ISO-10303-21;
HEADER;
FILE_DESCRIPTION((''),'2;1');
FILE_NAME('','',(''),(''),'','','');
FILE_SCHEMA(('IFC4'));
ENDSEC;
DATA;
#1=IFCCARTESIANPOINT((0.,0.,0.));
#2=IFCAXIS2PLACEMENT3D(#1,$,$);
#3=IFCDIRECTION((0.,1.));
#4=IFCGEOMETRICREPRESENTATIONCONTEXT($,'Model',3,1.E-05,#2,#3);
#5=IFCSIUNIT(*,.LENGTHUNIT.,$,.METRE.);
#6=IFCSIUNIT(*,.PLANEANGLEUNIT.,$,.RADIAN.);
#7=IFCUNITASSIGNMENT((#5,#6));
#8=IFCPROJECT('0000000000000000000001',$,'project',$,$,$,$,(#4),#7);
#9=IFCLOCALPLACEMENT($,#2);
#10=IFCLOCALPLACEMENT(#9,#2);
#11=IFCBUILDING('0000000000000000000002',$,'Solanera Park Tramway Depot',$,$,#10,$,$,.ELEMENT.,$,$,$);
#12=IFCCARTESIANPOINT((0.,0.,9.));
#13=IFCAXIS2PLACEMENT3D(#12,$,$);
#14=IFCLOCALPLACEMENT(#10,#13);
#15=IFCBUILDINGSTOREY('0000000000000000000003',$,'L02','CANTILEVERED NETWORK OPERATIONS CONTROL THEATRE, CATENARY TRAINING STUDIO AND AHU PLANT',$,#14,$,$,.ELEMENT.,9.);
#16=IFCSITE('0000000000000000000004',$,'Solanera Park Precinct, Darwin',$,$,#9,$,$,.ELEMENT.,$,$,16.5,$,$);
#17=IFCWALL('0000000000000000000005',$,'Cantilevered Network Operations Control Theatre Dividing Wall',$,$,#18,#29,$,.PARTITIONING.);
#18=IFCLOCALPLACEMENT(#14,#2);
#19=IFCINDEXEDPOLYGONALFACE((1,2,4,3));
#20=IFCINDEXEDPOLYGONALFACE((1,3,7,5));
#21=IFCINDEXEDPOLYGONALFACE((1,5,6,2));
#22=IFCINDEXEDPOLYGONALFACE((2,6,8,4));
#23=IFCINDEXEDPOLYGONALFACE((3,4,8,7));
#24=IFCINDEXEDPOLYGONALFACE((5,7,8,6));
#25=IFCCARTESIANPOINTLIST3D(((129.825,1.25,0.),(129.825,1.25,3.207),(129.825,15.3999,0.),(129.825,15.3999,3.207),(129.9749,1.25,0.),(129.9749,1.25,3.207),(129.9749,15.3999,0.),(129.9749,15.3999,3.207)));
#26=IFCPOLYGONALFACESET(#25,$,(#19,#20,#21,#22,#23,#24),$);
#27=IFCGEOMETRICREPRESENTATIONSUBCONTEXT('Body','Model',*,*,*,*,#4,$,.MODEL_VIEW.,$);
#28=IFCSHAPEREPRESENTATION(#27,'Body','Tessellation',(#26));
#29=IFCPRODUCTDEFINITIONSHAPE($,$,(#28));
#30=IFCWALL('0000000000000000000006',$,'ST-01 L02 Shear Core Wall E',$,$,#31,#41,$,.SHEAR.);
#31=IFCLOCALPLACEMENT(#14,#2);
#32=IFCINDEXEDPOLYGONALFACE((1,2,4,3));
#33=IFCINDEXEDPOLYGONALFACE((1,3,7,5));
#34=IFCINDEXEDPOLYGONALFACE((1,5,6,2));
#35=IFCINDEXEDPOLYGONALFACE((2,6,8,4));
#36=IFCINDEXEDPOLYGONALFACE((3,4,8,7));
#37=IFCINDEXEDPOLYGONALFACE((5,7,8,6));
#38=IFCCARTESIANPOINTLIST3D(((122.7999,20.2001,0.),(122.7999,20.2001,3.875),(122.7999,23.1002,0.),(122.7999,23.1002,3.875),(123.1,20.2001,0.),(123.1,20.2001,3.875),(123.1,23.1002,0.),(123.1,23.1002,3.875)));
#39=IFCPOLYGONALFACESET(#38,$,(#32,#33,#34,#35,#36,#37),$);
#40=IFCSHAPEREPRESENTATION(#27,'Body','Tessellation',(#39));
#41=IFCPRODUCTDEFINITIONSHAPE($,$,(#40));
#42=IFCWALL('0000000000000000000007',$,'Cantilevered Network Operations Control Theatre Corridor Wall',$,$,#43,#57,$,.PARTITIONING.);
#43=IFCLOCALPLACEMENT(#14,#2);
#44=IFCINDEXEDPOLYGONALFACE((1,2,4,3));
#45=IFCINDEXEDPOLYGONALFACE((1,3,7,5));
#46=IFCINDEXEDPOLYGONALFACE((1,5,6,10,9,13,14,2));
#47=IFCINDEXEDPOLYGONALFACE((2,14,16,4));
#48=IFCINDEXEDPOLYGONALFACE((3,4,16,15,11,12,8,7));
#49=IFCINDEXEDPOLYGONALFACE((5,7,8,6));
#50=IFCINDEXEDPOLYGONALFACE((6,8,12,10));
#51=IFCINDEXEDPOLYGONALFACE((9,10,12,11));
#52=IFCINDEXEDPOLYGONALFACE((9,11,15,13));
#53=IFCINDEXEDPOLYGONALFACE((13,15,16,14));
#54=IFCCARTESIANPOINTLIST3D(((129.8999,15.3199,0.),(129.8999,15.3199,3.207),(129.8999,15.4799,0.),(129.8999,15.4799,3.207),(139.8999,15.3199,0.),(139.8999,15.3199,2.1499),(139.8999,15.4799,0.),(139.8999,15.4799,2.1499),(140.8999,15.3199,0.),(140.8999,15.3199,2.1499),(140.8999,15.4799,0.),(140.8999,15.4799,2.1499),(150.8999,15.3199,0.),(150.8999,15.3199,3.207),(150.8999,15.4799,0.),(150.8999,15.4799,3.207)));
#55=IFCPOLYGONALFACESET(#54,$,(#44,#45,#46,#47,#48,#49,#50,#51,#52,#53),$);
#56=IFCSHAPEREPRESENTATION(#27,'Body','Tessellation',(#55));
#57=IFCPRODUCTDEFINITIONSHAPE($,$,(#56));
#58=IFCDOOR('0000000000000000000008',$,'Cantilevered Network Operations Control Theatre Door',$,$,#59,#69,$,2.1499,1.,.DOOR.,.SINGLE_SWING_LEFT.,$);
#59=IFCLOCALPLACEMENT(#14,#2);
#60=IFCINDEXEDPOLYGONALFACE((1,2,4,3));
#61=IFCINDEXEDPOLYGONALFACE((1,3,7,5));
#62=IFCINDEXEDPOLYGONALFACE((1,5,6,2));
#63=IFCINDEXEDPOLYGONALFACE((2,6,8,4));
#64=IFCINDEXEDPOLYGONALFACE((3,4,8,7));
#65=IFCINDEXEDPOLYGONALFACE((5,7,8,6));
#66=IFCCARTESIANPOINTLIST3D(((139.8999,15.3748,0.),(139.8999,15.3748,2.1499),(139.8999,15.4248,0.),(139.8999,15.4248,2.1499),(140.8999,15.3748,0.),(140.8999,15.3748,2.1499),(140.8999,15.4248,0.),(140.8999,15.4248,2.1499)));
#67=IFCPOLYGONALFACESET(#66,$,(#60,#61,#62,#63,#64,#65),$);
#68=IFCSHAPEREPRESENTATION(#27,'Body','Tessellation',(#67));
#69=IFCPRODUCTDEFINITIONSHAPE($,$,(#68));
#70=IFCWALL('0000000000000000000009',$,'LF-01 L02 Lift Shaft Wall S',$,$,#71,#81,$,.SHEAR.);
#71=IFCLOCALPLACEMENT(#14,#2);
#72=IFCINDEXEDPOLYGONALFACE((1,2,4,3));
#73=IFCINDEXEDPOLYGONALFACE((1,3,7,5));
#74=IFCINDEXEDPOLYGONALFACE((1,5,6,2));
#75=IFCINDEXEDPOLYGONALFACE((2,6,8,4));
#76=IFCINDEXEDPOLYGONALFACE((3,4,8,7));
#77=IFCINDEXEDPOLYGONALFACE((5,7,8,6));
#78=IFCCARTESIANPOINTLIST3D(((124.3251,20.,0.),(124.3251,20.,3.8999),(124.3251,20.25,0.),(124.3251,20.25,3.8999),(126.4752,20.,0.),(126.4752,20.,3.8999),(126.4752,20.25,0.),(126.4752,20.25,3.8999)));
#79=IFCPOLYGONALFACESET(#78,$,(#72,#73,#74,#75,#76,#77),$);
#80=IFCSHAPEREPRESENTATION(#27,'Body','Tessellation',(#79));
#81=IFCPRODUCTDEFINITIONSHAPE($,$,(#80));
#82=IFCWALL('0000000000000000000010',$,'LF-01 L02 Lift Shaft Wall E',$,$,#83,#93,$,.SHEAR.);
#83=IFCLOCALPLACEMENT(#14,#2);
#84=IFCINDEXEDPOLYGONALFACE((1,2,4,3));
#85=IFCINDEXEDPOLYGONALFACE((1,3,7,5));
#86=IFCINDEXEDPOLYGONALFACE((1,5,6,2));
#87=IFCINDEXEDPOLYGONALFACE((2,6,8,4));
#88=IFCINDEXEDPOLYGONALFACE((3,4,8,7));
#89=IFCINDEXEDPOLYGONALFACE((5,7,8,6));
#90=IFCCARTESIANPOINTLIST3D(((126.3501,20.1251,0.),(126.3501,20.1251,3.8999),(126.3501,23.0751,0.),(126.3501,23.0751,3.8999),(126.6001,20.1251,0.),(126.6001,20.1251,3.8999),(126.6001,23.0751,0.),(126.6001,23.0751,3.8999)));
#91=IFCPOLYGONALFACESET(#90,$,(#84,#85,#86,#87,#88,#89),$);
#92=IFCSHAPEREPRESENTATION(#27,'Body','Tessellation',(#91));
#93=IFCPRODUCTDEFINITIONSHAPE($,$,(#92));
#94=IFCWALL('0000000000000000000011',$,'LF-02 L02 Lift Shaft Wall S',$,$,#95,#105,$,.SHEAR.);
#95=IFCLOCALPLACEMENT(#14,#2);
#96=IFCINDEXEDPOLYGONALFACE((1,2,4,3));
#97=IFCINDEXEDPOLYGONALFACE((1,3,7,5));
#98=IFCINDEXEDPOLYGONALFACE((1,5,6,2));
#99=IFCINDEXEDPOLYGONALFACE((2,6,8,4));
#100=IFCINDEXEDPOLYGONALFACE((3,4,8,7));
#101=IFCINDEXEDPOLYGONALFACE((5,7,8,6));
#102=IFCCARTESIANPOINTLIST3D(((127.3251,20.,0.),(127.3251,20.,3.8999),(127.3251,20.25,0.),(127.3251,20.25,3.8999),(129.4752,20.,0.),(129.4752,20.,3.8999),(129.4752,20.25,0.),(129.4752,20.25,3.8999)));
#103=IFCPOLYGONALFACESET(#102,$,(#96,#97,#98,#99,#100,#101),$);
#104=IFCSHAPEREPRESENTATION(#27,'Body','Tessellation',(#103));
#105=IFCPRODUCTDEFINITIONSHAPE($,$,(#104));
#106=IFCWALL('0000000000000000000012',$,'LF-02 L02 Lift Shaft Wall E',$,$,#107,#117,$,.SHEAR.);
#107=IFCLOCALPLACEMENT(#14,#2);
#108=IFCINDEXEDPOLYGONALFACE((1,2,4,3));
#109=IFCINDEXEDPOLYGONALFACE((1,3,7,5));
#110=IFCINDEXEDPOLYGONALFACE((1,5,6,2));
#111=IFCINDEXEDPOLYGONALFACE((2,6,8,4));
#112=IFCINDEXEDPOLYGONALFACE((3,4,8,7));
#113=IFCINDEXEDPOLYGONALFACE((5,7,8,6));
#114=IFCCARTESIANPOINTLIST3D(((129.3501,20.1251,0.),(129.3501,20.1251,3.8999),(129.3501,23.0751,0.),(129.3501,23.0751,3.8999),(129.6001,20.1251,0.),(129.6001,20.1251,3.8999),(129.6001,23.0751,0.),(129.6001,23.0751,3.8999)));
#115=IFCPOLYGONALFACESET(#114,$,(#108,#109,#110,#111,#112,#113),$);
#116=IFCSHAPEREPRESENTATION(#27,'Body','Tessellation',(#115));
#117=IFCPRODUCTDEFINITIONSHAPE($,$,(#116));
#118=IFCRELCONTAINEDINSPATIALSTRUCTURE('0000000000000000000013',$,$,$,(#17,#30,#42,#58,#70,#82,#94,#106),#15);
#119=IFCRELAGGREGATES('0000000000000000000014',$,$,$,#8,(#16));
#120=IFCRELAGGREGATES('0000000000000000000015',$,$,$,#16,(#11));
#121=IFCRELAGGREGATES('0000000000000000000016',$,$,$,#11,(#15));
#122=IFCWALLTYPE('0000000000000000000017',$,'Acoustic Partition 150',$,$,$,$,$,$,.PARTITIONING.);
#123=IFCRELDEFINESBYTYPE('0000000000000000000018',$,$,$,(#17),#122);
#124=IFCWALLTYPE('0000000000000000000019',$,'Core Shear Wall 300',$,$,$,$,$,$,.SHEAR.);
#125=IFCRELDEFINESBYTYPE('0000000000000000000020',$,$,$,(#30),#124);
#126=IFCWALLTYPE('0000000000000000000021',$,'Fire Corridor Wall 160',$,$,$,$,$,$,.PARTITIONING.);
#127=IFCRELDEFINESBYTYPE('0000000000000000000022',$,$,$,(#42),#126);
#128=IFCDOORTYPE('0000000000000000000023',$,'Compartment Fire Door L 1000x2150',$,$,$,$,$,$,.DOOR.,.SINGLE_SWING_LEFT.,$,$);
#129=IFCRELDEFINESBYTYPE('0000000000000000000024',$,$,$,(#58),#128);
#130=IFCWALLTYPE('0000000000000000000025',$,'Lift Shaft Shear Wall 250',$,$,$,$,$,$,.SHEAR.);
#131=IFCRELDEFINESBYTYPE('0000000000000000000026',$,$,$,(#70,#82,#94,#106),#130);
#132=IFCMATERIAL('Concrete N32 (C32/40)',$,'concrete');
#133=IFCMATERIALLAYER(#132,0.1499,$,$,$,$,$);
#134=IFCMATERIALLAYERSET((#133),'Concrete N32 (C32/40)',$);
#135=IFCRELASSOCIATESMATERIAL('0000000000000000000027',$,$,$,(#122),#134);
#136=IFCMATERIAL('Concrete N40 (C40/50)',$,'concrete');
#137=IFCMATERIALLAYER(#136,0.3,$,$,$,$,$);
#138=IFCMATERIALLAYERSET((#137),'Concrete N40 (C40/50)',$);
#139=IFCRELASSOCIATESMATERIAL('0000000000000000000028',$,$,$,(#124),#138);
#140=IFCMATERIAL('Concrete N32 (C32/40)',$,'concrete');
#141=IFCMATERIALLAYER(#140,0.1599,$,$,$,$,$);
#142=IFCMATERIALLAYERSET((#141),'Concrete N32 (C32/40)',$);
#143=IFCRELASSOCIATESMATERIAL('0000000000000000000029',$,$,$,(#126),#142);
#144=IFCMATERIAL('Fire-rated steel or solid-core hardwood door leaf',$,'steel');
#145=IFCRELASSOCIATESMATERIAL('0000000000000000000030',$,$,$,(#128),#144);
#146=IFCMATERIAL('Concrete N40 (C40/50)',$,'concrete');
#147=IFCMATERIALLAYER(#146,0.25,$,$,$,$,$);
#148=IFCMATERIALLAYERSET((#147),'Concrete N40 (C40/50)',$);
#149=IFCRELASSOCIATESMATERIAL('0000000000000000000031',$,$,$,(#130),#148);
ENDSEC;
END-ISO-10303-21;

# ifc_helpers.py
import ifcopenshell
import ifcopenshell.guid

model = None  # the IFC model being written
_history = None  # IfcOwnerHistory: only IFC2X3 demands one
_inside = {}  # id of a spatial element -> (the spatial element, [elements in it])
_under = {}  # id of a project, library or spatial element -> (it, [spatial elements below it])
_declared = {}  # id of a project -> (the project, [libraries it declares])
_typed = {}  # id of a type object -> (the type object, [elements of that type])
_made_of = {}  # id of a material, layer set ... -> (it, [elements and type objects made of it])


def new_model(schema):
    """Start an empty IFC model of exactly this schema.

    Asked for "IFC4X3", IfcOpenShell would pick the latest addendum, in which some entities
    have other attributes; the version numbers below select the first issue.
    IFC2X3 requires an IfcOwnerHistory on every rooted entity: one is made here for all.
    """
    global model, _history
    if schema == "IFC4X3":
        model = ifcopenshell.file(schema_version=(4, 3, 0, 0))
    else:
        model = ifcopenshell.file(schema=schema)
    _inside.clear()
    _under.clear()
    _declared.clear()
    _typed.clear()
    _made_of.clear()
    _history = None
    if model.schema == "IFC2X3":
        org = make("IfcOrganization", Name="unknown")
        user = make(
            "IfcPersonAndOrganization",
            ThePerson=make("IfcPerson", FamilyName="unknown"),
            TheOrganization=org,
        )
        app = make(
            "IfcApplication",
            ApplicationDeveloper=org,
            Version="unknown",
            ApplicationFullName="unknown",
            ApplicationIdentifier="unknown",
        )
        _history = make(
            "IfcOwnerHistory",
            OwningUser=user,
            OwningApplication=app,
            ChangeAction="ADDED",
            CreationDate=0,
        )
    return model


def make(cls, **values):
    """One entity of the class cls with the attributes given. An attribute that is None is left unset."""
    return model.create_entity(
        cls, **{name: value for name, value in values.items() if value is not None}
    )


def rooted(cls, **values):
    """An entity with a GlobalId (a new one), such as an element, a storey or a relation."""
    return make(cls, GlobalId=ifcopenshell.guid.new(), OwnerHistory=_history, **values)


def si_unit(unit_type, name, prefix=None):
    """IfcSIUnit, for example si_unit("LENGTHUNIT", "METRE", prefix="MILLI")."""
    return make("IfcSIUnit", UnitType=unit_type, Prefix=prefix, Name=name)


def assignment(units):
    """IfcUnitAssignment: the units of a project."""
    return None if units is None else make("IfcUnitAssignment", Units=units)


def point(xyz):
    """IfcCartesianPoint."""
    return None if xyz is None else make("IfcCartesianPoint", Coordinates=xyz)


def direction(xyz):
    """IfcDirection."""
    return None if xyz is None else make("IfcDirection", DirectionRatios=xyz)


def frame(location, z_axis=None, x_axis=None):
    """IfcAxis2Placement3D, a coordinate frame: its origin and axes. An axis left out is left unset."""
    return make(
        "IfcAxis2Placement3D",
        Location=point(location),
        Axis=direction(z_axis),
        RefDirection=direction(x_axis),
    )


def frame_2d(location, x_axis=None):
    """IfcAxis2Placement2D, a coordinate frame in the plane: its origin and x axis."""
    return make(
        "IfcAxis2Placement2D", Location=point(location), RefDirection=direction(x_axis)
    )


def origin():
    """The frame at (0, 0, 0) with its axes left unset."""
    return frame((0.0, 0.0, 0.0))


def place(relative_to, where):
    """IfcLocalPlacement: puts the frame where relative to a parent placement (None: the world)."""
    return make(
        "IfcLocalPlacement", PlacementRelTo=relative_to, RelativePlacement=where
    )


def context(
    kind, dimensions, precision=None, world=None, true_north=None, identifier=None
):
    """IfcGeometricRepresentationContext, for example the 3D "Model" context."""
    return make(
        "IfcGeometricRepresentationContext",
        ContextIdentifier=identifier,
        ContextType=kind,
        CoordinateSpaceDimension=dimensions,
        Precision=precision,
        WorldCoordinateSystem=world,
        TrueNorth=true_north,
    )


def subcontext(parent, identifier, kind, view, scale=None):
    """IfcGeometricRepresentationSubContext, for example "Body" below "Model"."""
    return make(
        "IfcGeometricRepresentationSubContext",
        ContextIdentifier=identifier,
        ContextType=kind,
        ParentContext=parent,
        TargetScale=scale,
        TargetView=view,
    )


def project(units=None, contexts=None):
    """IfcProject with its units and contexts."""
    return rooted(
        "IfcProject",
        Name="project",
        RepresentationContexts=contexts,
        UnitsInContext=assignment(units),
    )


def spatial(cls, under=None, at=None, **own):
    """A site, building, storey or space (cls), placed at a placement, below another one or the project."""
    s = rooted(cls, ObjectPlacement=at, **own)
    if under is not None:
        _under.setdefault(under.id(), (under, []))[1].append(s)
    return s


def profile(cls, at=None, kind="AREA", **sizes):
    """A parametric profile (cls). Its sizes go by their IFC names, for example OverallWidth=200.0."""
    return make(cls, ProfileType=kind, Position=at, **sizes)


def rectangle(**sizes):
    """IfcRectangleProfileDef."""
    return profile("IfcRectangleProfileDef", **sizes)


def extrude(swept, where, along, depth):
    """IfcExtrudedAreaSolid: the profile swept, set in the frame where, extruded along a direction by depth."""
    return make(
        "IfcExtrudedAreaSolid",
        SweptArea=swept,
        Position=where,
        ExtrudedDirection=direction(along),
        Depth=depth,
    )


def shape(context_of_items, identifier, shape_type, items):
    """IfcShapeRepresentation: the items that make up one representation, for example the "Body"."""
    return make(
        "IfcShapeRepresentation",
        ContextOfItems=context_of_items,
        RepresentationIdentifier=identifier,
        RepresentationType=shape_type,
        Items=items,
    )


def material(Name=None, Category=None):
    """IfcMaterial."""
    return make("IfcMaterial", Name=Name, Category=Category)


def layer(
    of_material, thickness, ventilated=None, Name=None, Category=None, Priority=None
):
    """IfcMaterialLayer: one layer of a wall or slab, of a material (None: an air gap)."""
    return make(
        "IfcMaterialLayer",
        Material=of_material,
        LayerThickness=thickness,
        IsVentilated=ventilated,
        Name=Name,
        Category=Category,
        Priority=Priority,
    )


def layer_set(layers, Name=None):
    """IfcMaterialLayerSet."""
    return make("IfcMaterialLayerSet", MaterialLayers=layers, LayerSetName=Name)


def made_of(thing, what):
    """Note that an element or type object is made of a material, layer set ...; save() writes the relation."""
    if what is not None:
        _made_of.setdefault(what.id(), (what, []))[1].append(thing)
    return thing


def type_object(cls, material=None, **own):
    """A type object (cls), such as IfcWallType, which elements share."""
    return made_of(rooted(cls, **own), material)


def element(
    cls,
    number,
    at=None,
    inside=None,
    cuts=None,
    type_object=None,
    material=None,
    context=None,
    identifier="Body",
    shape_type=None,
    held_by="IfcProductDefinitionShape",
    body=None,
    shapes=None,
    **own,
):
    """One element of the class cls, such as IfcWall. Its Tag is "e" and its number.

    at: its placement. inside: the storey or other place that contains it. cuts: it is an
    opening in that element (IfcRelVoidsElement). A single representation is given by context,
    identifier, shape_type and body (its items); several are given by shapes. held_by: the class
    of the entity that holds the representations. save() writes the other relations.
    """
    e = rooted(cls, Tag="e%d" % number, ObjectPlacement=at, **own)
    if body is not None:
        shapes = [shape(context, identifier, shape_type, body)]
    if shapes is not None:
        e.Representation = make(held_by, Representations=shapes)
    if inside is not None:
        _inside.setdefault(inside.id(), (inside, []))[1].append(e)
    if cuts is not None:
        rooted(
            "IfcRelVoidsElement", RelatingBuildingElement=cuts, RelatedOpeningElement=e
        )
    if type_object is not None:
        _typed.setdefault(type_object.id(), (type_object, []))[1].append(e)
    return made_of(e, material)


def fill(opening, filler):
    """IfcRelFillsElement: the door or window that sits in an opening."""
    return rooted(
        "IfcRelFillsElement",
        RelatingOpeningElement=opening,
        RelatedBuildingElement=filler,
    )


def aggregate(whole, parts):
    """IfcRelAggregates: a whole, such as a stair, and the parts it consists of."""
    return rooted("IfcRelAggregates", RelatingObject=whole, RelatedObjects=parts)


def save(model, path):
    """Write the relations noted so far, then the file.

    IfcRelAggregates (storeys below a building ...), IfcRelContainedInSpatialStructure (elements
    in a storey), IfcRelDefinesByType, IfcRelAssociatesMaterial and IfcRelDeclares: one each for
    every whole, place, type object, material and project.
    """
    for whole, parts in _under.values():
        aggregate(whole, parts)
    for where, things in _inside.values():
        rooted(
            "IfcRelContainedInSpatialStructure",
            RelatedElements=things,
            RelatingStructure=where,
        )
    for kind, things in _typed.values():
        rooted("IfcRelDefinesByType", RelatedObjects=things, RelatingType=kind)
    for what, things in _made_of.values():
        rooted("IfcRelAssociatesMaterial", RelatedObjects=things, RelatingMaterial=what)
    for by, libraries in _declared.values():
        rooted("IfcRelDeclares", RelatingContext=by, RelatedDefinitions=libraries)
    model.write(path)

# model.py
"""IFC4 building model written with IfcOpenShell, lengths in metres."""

from ifc_helpers import new_model, si_unit, direction, frame, frame_2d, origin, place, context, subcontext, project, spatial, rectangle, extrude, material, layer, layer_set, type_object, element, fill, save


model = new_model("IFC4")

# Units and contexts
model_context = context("Model", 3, precision=1e-05, world=origin(), true_north=direction((0.0, 1.0)))
body_context = subcontext(model_context, "Body", "Model", "MODEL_VIEW")
ifc_project = project(units=[si_unit("LENGTHUNIT", "METRE"), si_unit("PLANEANGLEUNIT", "RADIAN")], contexts=[model_context])

# Site, building, storey
site_placement = place(None, origin())
site = spatial("IfcSite", under=ifc_project, at=site_placement, Name="Solanera Park Precinct, Darwin", CompositionType="ELEMENT", RefElevation=16.5)
building_placement = place(site_placement, origin())
building = spatial("IfcBuilding", under=site, at=building_placement, Name="Solanera Park Tramway Depot", CompositionType="ELEMENT")
storey_placement = place(building_placement, frame((0.0, 0.0, 9.0)))
storey = spatial("IfcBuildingStorey", under=building, at=storey_placement, Name="L02", Description="CANTILEVERED NETWORK OPERATIONS CONTROL THEATRE, CATENARY TRAINING STUDIO AND AHU PLANT", CompositionType="ELEMENT", Elevation=9.0)

# Walls
ifc_material_1 = material(Name="Concrete N32 (C32/40)", Category="concrete")
ifc_layer_1 = layer(ifc_material_1, 0.1499)
ifc_layer_set_1 = layer_set([ifc_layer_1], Name="Concrete N32 (C32/40)")
wall_type_1 = type_object("IfcWallType", Name="Acoustic Partition 150", PredefinedType="PARTITIONING", material=ifc_layer_set_1)
wall_1_placement = place(storey_placement, frame((129.8999, 15.3999, 0.0), z_axis=(0.0, 0.0, 1.0), x_axis=(0.0, -1.0, 0.0)))
element("IfcWall", 1, at=wall_1_placement, inside=storey, type_object=wall_type_1, Name="Cantilevered Network Operations Control Theatre Dividing Wall", PredefinedType="PARTITIONING", context=body_context, shape_type="SweptSolid", body=[
    extrude(rectangle(XDim=14.1499, YDim=0.1499, at=frame_2d((7.075, 0.0))), origin(), (0.0, 0.0, 1.0), 3.207),
])
ifc_material_2 = material(Name="Concrete N40 (C40/50)", Category="concrete")
ifc_layer_2 = layer(ifc_material_2, 0.3)
ifc_layer_set_2 = layer_set([ifc_layer_2], Name="Concrete N40 (C40/50)")
wall_type_2 = type_object("IfcWallType", Name="Core Shear Wall 300", PredefinedType="SHEAR", material=ifc_layer_set_2)
wall_2_placement = place(storey_placement, frame((122.95, 20.2, 0.0), z_axis=(0.0, 0.0, 1.0), x_axis=(0.0, 1.0, 0.0)))
element("IfcWall", 2, at=wall_2_placement, inside=storey, type_object=wall_type_2, Name="ST-01 L02 Shear Core Wall E", PredefinedType="SHEAR", context=body_context, shape_type="SweptSolid", body=[
    extrude(rectangle(XDim=2.9001, YDim=0.3, at=frame_2d((1.4502, 0.0))), origin(), (0.0, 0.0, 1.0), 3.875),
])

# Wall, opening, door
ifc_material_3 = material(Name="Concrete N32 (C32/40)", Category="concrete")
ifc_layer_3 = layer(ifc_material_3, 0.1599)
ifc_layer_set_3 = layer_set([ifc_layer_3], Name="Concrete N32 (C32/40)")
wall_type_3 = type_object("IfcWallType", Name="Fire Corridor Wall 160", PredefinedType="PARTITIONING", material=ifc_layer_set_3)
wall_3_placement = place(storey_placement, frame((129.8999, 15.3999, 0.0), z_axis=(0.0, 0.0, 1.0), x_axis=(1.0, 0.0, 0.0)))
wall_3 = element("IfcWall", 3, at=wall_3_placement, inside=storey, type_object=wall_type_3, Name="Cantilevered Network Operations Control Theatre Corridor Wall", PredefinedType="PARTITIONING", context=body_context, shape_type="SweptSolid", body=[
    extrude(rectangle(XDim=21.0, YDim=0.1599, at=frame_2d((10.5, 0.0))), origin(), (0.0, 0.0, 1.0), 3.207),
])
opening_placement = place(wall_3_placement, frame((10.0, 0.0, 0.0)))
opening = element("IfcOpeningElement", 4, at=opening_placement, cuts=wall_3, PredefinedType="OPENING", context=body_context, shape_type="SweptSolid", body=[
    extrude(rectangle(XDim=1.0, YDim=2.1499, at=frame_2d((0.5, 1.075))), frame((0.0, 0.0898, 0.0), z_axis=(0.0, -1.0, 0.0), x_axis=(1.0, 0.0, 0.0)), (0.0, 0.0, 1.0), 0.1799),
])
ifc_material_4 = material(Name="Fire-rated steel or solid-core hardwood door leaf", Category="steel")
door_type = type_object("IfcDoorType", Name="Compartment Fire Door L 1000x2150", OperationType="SINGLE_SWING_LEFT", PredefinedType="DOOR", material=ifc_material_4)
door_placement = place(opening_placement, origin())
door = element("IfcDoor", 5, at=door_placement, inside=storey, type_object=door_type, Name="Cantilevered Network Operations Control Theatre Door", OperationType="SINGLE_SWING_LEFT", OverallHeight=2.1499, OverallWidth=1.0, PredefinedType="DOOR", context=body_context, shape_type="SweptSolid", body=[
    extrude(rectangle(XDim=1.0, YDim=2.1499, at=frame_2d((0.5, 1.075))), frame((0.0, 0.0249, 0.0), z_axis=(0.0, -1.0, 0.0), x_axis=(1.0, 0.0, 0.0)), (0.0, 0.0, 1.0), 0.05),
])
fill(opening, door)

# Walls
ifc_material_5 = material(Name="Concrete N40 (C40/50)", Category="concrete")
ifc_layer_4 = layer(ifc_material_5, 0.25)
ifc_layer_set_4 = layer_set([ifc_layer_4], Name="Concrete N40 (C40/50)")
wall_type_4 = type_object("IfcWallType", Name="Lift Shaft Shear Wall 250", PredefinedType="SHEAR", material=ifc_layer_set_4)
wall_4_placement = place(storey_placement, frame((124.325, 20.125, 0.0), z_axis=(0.0, 0.0, 1.0), x_axis=(1.0, 0.0, 0.0)))
element("IfcWall", 6, at=wall_4_placement, inside=storey, type_object=wall_type_4, Name="LF-01 L02 Lift Shaft Wall S", PredefinedType="SHEAR", context=body_context, shape_type="SweptSolid", body=[
    extrude(rectangle(XDim=2.1501, YDim=0.25, at=frame_2d((1.0752, 0.0))), origin(), (0.0, 0.0, 1.0), 3.8999),
])
wall_5_placement = place(storey_placement, frame((126.4751, 20.125, 0.0), z_axis=(0.0, 0.0, 1.0), x_axis=(0.0, 1.0, 0.0)))
element("IfcWall", 7, at=wall_5_placement, inside=storey, type_object=wall_type_4, Name="LF-01 L02 Lift Shaft Wall E", PredefinedType="SHEAR", context=body_context, shape_type="SweptSolid", body=[
    extrude(rectangle(XDim=2.95, YDim=0.25, at=frame_2d((1.4751, 0.0))), origin(), (0.0, 0.0, 1.0), 3.8999),
])
wall_6_placement = place(storey_placement, frame((127.325, 20.125, 0.0), z_axis=(0.0, 0.0, 1.0), x_axis=(1.0, 0.0, 0.0)))
element("IfcWall", 8, at=wall_6_placement, inside=storey, type_object=wall_type_4, Name="LF-02 L02 Lift Shaft Wall S", PredefinedType="SHEAR", context=body_context, shape_type="SweptSolid", body=[
    extrude(rectangle(XDim=2.1501, YDim=0.25, at=frame_2d((1.0752, 0.0))), origin(), (0.0, 0.0, 1.0), 3.8999),
])
wall_7_placement = place(storey_placement, frame((129.4751, 20.125, 0.0), z_axis=(0.0, 0.0, 1.0), x_axis=(0.0, 1.0, 0.0)))
element("IfcWall", 9, at=wall_7_placement, inside=storey, type_object=wall_type_4, Name="LF-02 L02 Lift Shaft Wall E", PredefinedType="SHEAR", context=body_context, shape_type="SweptSolid", body=[
    extrude(rectangle(XDim=2.95, YDim=0.25, at=frame_2d((1.4751, 0.0))), origin(), (0.0, 0.0, 1.0), 3.8999),
])

save(model, "model.ifc")
